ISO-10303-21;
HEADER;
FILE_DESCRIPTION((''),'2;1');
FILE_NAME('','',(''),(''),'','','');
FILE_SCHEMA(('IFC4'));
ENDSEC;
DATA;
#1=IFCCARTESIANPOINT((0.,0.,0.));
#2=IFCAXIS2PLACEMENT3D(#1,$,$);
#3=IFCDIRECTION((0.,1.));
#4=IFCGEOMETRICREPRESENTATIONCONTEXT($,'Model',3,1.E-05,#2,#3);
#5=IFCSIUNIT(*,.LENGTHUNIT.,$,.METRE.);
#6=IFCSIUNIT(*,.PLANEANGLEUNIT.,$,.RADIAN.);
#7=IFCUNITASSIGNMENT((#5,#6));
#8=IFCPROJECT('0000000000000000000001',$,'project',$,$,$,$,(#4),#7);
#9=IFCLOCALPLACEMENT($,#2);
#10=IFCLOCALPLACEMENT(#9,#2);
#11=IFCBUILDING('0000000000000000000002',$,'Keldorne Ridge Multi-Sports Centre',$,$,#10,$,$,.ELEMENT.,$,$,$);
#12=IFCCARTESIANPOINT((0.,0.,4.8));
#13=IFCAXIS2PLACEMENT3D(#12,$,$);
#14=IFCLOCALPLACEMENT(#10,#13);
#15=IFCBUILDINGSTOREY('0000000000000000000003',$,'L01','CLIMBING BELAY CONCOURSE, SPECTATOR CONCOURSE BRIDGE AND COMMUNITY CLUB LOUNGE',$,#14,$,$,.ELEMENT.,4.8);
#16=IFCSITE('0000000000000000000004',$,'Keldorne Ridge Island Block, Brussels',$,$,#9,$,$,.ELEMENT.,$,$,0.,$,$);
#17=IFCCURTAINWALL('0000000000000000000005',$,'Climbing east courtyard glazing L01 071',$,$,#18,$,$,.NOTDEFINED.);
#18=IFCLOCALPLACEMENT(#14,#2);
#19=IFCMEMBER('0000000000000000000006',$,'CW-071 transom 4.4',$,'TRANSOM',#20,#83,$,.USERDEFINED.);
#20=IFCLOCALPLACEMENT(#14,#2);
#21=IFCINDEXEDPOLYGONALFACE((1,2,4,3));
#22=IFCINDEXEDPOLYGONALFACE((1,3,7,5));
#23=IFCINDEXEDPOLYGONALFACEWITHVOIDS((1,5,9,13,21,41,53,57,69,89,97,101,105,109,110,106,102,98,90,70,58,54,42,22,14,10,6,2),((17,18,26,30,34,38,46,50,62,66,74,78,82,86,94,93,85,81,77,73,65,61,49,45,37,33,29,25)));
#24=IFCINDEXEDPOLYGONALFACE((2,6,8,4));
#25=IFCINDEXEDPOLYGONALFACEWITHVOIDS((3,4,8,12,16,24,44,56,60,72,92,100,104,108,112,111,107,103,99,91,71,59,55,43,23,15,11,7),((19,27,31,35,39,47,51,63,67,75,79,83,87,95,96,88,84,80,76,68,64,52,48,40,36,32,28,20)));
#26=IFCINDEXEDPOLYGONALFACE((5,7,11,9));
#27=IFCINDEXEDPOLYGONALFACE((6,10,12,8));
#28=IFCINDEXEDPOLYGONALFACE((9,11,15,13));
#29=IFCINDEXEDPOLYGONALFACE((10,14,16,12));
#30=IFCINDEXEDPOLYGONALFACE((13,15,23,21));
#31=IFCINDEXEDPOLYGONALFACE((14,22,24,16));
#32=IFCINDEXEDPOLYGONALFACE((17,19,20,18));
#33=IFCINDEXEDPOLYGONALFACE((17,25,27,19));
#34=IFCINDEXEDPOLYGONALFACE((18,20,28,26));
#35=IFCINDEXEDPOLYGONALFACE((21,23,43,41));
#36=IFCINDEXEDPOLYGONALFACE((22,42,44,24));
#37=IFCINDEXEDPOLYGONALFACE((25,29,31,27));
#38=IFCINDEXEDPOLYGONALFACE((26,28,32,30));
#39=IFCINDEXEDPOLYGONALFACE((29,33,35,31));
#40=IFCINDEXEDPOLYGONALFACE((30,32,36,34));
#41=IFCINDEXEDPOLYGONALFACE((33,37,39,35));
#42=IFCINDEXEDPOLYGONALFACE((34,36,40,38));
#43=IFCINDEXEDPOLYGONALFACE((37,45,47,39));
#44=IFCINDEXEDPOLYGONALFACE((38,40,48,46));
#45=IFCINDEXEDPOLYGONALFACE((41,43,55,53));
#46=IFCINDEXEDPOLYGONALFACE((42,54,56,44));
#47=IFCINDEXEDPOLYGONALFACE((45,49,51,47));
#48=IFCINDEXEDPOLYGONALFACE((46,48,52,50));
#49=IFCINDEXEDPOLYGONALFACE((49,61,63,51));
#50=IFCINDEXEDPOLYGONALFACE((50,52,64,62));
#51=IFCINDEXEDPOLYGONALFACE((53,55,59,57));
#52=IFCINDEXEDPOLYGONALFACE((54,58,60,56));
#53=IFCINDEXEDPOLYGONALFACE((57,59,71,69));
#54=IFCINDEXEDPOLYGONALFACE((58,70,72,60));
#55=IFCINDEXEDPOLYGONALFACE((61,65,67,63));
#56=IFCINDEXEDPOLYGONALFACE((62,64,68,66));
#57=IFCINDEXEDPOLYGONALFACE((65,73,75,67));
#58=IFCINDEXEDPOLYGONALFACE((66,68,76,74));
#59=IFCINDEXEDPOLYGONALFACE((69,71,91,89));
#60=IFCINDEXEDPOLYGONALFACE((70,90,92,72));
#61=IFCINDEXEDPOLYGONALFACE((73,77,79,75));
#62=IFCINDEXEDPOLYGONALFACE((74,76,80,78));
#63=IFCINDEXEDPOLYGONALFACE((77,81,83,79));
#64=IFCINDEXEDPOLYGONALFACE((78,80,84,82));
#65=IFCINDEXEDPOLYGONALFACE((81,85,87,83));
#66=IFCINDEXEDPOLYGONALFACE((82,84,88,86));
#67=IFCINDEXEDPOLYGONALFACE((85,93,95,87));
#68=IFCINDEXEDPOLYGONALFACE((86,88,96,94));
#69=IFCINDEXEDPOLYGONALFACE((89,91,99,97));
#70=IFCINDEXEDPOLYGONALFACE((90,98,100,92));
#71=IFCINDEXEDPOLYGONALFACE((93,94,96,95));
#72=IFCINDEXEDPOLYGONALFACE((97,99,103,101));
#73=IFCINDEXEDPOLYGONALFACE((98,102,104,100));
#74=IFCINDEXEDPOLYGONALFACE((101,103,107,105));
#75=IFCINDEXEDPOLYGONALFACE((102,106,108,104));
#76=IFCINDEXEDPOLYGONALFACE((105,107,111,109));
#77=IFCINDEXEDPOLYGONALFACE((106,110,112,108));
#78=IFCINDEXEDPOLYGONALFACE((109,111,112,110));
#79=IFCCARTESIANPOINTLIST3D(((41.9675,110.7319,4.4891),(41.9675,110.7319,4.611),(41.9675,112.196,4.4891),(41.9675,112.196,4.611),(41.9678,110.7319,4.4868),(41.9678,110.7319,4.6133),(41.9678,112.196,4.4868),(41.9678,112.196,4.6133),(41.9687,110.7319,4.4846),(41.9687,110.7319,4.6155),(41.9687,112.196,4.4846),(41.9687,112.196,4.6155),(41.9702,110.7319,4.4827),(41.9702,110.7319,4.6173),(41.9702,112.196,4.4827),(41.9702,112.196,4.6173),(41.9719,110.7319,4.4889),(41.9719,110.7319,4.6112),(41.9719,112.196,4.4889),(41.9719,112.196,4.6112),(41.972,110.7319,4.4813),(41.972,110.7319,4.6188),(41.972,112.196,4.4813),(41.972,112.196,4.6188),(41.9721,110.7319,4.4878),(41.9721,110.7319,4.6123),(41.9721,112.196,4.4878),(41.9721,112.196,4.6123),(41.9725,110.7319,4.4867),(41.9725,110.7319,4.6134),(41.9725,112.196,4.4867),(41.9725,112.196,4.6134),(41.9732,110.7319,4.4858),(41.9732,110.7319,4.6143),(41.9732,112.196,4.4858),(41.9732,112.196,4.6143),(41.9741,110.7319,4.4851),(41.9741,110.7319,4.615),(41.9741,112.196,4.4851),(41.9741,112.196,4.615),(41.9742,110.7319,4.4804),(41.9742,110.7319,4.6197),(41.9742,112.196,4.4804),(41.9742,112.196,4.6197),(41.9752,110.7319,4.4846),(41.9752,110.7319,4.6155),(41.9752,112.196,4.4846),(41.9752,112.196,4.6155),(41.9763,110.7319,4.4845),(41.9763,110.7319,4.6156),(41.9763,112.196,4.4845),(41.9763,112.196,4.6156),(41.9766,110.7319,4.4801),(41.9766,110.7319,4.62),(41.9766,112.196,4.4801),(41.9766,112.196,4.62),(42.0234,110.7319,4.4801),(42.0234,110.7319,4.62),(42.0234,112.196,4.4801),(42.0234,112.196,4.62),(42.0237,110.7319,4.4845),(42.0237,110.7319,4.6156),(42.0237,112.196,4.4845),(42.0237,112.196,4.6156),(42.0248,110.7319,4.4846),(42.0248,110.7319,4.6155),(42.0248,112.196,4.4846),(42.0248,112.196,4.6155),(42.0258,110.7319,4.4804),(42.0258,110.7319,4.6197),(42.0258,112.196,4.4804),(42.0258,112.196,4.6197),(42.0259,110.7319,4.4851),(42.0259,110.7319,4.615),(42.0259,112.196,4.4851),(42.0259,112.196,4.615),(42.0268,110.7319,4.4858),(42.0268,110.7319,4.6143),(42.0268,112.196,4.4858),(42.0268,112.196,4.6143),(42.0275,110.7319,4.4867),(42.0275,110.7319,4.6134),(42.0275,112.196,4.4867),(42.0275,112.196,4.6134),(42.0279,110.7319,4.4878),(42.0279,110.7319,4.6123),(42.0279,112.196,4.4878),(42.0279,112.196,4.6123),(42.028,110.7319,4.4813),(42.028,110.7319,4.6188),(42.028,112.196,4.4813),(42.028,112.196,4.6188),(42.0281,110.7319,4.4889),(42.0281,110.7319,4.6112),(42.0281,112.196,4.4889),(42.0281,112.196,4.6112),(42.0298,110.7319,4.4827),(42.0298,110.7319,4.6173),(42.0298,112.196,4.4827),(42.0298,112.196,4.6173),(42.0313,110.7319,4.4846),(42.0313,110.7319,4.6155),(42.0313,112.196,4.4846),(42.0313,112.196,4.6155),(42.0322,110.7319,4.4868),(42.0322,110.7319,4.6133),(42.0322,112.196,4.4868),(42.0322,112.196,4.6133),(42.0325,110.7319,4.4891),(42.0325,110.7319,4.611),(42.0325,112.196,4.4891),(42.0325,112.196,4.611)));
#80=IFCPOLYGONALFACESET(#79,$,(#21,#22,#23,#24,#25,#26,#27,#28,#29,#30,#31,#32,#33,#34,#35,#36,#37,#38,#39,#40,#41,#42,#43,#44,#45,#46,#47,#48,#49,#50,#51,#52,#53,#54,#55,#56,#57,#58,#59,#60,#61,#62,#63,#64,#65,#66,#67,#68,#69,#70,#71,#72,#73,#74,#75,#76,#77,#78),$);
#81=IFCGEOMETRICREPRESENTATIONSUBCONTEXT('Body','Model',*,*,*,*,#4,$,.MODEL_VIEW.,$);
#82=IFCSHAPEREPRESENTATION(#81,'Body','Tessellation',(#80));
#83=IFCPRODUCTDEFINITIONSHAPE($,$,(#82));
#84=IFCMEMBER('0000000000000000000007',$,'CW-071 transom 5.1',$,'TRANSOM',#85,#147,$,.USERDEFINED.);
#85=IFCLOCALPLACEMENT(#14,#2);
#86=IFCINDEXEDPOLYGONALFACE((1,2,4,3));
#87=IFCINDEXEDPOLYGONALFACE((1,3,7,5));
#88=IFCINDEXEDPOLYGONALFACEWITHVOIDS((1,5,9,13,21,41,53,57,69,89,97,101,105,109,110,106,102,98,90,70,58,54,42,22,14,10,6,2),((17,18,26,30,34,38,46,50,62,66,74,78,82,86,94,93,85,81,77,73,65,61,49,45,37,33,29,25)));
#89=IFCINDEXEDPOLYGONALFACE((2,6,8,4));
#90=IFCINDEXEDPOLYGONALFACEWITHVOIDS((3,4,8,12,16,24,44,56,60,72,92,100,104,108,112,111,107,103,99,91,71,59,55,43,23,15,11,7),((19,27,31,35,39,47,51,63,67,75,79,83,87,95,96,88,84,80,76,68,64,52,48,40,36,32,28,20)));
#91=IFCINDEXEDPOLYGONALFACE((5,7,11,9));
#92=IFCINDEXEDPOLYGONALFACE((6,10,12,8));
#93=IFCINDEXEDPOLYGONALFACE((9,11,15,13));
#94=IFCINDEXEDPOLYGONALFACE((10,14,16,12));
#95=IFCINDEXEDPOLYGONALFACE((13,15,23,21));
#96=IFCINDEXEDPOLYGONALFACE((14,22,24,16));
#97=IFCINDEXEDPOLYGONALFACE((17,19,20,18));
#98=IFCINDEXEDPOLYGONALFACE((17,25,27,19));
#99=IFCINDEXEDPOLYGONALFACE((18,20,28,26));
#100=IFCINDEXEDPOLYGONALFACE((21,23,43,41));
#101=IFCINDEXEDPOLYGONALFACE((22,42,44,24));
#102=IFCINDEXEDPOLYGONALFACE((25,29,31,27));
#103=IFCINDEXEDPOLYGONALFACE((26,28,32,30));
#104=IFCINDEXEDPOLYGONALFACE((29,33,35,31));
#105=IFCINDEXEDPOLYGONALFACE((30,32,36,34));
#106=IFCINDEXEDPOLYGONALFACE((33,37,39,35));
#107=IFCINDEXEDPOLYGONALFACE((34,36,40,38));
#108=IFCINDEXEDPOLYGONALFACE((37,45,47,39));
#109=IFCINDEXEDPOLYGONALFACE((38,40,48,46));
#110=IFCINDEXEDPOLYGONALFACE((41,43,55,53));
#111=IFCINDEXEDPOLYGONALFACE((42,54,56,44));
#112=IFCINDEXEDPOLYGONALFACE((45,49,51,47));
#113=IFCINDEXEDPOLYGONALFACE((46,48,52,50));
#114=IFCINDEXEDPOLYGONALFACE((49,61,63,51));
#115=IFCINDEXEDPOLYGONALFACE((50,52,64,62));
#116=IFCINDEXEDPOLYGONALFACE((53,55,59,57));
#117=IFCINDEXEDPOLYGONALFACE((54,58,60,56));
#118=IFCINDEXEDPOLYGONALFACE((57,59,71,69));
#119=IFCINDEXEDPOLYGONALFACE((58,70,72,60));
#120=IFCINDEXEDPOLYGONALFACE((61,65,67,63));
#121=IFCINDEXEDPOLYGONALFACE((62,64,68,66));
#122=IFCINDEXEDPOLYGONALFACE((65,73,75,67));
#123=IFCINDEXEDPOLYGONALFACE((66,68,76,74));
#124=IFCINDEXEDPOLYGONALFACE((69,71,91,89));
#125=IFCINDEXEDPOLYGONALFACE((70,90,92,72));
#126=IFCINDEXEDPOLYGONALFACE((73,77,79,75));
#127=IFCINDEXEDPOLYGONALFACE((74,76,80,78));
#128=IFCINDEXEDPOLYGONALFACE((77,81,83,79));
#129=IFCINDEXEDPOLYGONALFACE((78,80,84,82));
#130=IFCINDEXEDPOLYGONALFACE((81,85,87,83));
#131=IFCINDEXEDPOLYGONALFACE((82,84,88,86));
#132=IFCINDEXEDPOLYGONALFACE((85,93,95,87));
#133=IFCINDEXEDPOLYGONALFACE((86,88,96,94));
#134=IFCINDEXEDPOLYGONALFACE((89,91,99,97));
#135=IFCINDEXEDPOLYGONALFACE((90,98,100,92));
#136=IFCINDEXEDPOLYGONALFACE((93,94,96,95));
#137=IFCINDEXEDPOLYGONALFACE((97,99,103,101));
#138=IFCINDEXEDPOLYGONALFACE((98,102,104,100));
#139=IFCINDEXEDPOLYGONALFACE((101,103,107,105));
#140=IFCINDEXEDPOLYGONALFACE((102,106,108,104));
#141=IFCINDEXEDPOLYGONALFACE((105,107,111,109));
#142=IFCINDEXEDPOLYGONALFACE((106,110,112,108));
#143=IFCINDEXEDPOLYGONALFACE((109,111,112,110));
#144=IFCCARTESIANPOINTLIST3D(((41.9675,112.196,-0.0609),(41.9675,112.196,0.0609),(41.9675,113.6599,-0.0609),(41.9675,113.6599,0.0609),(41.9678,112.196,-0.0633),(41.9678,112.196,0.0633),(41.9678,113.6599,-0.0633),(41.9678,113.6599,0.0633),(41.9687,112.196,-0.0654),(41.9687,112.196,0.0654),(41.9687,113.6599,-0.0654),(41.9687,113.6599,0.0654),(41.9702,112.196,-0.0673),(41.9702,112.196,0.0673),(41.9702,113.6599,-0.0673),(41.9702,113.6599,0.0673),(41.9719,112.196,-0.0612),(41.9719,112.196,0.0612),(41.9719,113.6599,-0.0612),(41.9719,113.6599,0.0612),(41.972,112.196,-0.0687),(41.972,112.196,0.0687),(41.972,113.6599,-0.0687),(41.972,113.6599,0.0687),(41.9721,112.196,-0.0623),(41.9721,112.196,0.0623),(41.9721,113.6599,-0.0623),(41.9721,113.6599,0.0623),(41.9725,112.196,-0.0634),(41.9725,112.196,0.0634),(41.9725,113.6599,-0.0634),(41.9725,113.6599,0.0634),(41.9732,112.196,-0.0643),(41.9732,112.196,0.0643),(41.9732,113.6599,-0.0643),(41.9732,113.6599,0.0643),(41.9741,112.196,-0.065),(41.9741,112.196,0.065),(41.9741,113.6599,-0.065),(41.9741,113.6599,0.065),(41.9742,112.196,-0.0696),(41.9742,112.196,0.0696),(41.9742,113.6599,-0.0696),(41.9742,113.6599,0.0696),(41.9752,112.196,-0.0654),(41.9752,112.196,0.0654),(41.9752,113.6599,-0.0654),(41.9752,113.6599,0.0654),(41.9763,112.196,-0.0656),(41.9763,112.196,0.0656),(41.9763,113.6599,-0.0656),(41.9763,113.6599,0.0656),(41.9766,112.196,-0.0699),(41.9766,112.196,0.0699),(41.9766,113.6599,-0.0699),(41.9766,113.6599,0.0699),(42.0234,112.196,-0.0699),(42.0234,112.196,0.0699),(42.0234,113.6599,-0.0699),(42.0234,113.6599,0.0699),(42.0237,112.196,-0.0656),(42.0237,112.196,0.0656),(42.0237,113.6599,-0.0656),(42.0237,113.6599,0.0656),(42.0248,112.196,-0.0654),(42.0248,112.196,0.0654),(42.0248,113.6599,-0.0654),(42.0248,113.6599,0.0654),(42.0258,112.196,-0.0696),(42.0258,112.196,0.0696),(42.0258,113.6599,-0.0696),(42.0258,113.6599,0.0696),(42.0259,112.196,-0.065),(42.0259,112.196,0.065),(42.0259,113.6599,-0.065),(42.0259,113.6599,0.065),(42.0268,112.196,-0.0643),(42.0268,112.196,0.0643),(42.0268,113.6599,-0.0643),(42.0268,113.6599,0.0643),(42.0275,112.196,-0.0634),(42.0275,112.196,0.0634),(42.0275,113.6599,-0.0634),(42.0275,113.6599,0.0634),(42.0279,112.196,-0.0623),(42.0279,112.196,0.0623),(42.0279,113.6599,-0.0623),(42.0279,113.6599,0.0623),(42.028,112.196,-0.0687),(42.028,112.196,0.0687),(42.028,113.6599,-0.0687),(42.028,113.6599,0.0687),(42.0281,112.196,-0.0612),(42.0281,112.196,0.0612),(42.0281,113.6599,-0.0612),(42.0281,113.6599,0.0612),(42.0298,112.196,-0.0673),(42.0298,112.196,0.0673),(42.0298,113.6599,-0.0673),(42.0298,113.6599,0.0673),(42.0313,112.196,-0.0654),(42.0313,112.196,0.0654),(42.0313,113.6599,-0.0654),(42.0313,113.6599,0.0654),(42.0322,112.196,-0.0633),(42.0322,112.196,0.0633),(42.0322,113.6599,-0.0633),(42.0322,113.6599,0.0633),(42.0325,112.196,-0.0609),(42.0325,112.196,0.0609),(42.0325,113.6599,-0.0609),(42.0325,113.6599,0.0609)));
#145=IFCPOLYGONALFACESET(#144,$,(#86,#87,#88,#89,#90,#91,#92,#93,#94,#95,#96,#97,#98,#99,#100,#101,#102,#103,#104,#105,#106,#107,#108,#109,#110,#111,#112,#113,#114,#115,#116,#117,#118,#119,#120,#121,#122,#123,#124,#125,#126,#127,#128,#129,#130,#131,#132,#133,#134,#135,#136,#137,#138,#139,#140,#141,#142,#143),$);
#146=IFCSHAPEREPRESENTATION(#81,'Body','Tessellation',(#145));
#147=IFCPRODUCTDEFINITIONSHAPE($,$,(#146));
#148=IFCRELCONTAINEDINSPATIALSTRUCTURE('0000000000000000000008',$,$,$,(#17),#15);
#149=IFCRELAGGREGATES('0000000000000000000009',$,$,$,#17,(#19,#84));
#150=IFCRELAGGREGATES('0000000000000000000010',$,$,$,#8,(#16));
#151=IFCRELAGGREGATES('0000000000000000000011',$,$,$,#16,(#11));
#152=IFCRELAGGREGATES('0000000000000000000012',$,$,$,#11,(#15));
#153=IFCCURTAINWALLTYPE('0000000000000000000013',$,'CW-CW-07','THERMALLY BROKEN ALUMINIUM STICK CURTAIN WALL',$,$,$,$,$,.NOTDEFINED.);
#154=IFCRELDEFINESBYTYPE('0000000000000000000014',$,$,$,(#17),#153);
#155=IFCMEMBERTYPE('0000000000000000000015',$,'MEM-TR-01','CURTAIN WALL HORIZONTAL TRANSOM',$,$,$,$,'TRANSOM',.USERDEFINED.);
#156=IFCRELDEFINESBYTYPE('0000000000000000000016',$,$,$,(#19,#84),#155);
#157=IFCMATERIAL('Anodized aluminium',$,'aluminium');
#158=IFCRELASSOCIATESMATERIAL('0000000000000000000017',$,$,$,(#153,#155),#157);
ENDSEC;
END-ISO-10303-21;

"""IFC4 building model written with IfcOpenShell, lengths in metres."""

from ifc_helpers import new_model, si_unit, direction, frame, origin, origin_2d, place, context, subcontext, project, spatial, hollow_rectangle, extrude, material, material_profile, profile_set, type_object, element, aggregate, save


model = new_model("IFC4")

# Units and contexts
model_context = context("Model", 3, precision=1e-05, world=origin(), true_north=direction((0.0, 1.0)))
body_context = subcontext(model_context, "Body", "Model", "MODEL_VIEW")
ifc_project = project(units=[si_unit("LENGTHUNIT", "METRE"), si_unit("PLANEANGLEUNIT", "RADIAN")], contexts=[model_context])

# Site, building, storey
site_placement = place(None, origin())
site = spatial("IfcSite", under=ifc_project, at=site_placement, Name="Keldorne Ridge Island Block, Brussels", CompositionType="ELEMENT", RefElevation=0.0)
building_placement = place(site_placement, origin())
building = spatial("IfcBuilding", under=site, at=building_placement, Name="Keldorne Ridge Multi-Sports Centre", CompositionType="ELEMENT")
storey_placement = place(building_placement, frame((0.0, 0.0, 4.8)))
storey = spatial("IfcBuildingStorey", under=building, at=storey_placement, Name="L01", Description="CLIMBING BELAY CONCOURSE, SPECTATOR CONCOURSE BRIDGE AND COMMUNITY CLUB LOUNGE", CompositionType="ELEMENT", Elevation=4.8)

# Curtain wall
ifc_material_1 = material(Name="Anodized aluminium", Category="aluminium")
curtain_wall_type_1 = type_object("IfcCurtainWallType", Name="CW-CW-07", Description="THERMALLY BROKEN ALUMINIUM STICK CURTAIN WALL", PredefinedType="NOTDEFINED", material=ifc_material_1)
curtain_wall_1_placement = place(storey_placement, origin())
curtain_wall_1 = element("IfcCurtainWall", 1, at=curtain_wall_1_placement, inside=storey, type_object=curtain_wall_type_1, Name="Climbing east courtyard glazing L01 071", PredefinedType="NOTDEFINED")

# Members
ifc_material_profile_1 = material_profile(ifc_material_1, hollow_rectangle(XDim=0.0649, YDim=0.1399, WallThickness=0.0044, InnerFilletRadius=0.0044, OuterFilletRadius=0.009, at=origin_2d()), Name="ALU TRANSOM 140x65x4.5")
ifc_profile_set_1 = profile_set([ifc_material_profile_1], Name="Anodized aluminium")
member_type_1 = type_object("IfcMemberType", Name="MEM-TR-01", Description="CURTAIN WALL HORIZONTAL TRANSOM", ElementType="TRANSOM", PredefinedType="USERDEFINED", material=ifc_profile_set_1)
member_1_placement = place(storey_placement, frame((42.0, 110.7319, 4.55), z_axis=(0.0, 1.0, 0.0), x_axis=(-1.0, 0.0, 0.0)))
member_1 = element("IfcMember", 2, at=member_1_placement, type_object=member_type_1, Name="CW-071 transom 4.4", ObjectType="TRANSOM", PredefinedType="USERDEFINED", context=body_context, shape_type="SweptSolid", body=[
    extrude(hollow_rectangle(XDim=0.0649, YDim=0.1399, WallThickness=0.0044, InnerFilletRadius=0.0044, OuterFilletRadius=0.009, at=origin_2d()), origin(), (0.0, 0.0, 1.0), 1.4641),
])
member_2_placement = place(storey_placement, frame((42.0, 112.196, 0.0), z_axis=(0.0, 1.0, 0.0), x_axis=(-1.0, 0.0, 0.0)))
member_2 = element("IfcMember", 3, at=member_2_placement, type_object=member_type_1, Name="CW-071 transom 5.1", ObjectType="TRANSOM", PredefinedType="USERDEFINED", context=body_context, shape_type="SweptSolid", body=[
    extrude(hollow_rectangle(XDim=0.0649, YDim=0.1399, WallThickness=0.0044, InnerFilletRadius=0.0044, OuterFilletRadius=0.009, at=origin_2d()), origin(), (0.0, 0.0, 1.0), 1.4639),
])

aggregate(curtain_wall_1, [member_1, member_2])

save(model, "model.ifc")
